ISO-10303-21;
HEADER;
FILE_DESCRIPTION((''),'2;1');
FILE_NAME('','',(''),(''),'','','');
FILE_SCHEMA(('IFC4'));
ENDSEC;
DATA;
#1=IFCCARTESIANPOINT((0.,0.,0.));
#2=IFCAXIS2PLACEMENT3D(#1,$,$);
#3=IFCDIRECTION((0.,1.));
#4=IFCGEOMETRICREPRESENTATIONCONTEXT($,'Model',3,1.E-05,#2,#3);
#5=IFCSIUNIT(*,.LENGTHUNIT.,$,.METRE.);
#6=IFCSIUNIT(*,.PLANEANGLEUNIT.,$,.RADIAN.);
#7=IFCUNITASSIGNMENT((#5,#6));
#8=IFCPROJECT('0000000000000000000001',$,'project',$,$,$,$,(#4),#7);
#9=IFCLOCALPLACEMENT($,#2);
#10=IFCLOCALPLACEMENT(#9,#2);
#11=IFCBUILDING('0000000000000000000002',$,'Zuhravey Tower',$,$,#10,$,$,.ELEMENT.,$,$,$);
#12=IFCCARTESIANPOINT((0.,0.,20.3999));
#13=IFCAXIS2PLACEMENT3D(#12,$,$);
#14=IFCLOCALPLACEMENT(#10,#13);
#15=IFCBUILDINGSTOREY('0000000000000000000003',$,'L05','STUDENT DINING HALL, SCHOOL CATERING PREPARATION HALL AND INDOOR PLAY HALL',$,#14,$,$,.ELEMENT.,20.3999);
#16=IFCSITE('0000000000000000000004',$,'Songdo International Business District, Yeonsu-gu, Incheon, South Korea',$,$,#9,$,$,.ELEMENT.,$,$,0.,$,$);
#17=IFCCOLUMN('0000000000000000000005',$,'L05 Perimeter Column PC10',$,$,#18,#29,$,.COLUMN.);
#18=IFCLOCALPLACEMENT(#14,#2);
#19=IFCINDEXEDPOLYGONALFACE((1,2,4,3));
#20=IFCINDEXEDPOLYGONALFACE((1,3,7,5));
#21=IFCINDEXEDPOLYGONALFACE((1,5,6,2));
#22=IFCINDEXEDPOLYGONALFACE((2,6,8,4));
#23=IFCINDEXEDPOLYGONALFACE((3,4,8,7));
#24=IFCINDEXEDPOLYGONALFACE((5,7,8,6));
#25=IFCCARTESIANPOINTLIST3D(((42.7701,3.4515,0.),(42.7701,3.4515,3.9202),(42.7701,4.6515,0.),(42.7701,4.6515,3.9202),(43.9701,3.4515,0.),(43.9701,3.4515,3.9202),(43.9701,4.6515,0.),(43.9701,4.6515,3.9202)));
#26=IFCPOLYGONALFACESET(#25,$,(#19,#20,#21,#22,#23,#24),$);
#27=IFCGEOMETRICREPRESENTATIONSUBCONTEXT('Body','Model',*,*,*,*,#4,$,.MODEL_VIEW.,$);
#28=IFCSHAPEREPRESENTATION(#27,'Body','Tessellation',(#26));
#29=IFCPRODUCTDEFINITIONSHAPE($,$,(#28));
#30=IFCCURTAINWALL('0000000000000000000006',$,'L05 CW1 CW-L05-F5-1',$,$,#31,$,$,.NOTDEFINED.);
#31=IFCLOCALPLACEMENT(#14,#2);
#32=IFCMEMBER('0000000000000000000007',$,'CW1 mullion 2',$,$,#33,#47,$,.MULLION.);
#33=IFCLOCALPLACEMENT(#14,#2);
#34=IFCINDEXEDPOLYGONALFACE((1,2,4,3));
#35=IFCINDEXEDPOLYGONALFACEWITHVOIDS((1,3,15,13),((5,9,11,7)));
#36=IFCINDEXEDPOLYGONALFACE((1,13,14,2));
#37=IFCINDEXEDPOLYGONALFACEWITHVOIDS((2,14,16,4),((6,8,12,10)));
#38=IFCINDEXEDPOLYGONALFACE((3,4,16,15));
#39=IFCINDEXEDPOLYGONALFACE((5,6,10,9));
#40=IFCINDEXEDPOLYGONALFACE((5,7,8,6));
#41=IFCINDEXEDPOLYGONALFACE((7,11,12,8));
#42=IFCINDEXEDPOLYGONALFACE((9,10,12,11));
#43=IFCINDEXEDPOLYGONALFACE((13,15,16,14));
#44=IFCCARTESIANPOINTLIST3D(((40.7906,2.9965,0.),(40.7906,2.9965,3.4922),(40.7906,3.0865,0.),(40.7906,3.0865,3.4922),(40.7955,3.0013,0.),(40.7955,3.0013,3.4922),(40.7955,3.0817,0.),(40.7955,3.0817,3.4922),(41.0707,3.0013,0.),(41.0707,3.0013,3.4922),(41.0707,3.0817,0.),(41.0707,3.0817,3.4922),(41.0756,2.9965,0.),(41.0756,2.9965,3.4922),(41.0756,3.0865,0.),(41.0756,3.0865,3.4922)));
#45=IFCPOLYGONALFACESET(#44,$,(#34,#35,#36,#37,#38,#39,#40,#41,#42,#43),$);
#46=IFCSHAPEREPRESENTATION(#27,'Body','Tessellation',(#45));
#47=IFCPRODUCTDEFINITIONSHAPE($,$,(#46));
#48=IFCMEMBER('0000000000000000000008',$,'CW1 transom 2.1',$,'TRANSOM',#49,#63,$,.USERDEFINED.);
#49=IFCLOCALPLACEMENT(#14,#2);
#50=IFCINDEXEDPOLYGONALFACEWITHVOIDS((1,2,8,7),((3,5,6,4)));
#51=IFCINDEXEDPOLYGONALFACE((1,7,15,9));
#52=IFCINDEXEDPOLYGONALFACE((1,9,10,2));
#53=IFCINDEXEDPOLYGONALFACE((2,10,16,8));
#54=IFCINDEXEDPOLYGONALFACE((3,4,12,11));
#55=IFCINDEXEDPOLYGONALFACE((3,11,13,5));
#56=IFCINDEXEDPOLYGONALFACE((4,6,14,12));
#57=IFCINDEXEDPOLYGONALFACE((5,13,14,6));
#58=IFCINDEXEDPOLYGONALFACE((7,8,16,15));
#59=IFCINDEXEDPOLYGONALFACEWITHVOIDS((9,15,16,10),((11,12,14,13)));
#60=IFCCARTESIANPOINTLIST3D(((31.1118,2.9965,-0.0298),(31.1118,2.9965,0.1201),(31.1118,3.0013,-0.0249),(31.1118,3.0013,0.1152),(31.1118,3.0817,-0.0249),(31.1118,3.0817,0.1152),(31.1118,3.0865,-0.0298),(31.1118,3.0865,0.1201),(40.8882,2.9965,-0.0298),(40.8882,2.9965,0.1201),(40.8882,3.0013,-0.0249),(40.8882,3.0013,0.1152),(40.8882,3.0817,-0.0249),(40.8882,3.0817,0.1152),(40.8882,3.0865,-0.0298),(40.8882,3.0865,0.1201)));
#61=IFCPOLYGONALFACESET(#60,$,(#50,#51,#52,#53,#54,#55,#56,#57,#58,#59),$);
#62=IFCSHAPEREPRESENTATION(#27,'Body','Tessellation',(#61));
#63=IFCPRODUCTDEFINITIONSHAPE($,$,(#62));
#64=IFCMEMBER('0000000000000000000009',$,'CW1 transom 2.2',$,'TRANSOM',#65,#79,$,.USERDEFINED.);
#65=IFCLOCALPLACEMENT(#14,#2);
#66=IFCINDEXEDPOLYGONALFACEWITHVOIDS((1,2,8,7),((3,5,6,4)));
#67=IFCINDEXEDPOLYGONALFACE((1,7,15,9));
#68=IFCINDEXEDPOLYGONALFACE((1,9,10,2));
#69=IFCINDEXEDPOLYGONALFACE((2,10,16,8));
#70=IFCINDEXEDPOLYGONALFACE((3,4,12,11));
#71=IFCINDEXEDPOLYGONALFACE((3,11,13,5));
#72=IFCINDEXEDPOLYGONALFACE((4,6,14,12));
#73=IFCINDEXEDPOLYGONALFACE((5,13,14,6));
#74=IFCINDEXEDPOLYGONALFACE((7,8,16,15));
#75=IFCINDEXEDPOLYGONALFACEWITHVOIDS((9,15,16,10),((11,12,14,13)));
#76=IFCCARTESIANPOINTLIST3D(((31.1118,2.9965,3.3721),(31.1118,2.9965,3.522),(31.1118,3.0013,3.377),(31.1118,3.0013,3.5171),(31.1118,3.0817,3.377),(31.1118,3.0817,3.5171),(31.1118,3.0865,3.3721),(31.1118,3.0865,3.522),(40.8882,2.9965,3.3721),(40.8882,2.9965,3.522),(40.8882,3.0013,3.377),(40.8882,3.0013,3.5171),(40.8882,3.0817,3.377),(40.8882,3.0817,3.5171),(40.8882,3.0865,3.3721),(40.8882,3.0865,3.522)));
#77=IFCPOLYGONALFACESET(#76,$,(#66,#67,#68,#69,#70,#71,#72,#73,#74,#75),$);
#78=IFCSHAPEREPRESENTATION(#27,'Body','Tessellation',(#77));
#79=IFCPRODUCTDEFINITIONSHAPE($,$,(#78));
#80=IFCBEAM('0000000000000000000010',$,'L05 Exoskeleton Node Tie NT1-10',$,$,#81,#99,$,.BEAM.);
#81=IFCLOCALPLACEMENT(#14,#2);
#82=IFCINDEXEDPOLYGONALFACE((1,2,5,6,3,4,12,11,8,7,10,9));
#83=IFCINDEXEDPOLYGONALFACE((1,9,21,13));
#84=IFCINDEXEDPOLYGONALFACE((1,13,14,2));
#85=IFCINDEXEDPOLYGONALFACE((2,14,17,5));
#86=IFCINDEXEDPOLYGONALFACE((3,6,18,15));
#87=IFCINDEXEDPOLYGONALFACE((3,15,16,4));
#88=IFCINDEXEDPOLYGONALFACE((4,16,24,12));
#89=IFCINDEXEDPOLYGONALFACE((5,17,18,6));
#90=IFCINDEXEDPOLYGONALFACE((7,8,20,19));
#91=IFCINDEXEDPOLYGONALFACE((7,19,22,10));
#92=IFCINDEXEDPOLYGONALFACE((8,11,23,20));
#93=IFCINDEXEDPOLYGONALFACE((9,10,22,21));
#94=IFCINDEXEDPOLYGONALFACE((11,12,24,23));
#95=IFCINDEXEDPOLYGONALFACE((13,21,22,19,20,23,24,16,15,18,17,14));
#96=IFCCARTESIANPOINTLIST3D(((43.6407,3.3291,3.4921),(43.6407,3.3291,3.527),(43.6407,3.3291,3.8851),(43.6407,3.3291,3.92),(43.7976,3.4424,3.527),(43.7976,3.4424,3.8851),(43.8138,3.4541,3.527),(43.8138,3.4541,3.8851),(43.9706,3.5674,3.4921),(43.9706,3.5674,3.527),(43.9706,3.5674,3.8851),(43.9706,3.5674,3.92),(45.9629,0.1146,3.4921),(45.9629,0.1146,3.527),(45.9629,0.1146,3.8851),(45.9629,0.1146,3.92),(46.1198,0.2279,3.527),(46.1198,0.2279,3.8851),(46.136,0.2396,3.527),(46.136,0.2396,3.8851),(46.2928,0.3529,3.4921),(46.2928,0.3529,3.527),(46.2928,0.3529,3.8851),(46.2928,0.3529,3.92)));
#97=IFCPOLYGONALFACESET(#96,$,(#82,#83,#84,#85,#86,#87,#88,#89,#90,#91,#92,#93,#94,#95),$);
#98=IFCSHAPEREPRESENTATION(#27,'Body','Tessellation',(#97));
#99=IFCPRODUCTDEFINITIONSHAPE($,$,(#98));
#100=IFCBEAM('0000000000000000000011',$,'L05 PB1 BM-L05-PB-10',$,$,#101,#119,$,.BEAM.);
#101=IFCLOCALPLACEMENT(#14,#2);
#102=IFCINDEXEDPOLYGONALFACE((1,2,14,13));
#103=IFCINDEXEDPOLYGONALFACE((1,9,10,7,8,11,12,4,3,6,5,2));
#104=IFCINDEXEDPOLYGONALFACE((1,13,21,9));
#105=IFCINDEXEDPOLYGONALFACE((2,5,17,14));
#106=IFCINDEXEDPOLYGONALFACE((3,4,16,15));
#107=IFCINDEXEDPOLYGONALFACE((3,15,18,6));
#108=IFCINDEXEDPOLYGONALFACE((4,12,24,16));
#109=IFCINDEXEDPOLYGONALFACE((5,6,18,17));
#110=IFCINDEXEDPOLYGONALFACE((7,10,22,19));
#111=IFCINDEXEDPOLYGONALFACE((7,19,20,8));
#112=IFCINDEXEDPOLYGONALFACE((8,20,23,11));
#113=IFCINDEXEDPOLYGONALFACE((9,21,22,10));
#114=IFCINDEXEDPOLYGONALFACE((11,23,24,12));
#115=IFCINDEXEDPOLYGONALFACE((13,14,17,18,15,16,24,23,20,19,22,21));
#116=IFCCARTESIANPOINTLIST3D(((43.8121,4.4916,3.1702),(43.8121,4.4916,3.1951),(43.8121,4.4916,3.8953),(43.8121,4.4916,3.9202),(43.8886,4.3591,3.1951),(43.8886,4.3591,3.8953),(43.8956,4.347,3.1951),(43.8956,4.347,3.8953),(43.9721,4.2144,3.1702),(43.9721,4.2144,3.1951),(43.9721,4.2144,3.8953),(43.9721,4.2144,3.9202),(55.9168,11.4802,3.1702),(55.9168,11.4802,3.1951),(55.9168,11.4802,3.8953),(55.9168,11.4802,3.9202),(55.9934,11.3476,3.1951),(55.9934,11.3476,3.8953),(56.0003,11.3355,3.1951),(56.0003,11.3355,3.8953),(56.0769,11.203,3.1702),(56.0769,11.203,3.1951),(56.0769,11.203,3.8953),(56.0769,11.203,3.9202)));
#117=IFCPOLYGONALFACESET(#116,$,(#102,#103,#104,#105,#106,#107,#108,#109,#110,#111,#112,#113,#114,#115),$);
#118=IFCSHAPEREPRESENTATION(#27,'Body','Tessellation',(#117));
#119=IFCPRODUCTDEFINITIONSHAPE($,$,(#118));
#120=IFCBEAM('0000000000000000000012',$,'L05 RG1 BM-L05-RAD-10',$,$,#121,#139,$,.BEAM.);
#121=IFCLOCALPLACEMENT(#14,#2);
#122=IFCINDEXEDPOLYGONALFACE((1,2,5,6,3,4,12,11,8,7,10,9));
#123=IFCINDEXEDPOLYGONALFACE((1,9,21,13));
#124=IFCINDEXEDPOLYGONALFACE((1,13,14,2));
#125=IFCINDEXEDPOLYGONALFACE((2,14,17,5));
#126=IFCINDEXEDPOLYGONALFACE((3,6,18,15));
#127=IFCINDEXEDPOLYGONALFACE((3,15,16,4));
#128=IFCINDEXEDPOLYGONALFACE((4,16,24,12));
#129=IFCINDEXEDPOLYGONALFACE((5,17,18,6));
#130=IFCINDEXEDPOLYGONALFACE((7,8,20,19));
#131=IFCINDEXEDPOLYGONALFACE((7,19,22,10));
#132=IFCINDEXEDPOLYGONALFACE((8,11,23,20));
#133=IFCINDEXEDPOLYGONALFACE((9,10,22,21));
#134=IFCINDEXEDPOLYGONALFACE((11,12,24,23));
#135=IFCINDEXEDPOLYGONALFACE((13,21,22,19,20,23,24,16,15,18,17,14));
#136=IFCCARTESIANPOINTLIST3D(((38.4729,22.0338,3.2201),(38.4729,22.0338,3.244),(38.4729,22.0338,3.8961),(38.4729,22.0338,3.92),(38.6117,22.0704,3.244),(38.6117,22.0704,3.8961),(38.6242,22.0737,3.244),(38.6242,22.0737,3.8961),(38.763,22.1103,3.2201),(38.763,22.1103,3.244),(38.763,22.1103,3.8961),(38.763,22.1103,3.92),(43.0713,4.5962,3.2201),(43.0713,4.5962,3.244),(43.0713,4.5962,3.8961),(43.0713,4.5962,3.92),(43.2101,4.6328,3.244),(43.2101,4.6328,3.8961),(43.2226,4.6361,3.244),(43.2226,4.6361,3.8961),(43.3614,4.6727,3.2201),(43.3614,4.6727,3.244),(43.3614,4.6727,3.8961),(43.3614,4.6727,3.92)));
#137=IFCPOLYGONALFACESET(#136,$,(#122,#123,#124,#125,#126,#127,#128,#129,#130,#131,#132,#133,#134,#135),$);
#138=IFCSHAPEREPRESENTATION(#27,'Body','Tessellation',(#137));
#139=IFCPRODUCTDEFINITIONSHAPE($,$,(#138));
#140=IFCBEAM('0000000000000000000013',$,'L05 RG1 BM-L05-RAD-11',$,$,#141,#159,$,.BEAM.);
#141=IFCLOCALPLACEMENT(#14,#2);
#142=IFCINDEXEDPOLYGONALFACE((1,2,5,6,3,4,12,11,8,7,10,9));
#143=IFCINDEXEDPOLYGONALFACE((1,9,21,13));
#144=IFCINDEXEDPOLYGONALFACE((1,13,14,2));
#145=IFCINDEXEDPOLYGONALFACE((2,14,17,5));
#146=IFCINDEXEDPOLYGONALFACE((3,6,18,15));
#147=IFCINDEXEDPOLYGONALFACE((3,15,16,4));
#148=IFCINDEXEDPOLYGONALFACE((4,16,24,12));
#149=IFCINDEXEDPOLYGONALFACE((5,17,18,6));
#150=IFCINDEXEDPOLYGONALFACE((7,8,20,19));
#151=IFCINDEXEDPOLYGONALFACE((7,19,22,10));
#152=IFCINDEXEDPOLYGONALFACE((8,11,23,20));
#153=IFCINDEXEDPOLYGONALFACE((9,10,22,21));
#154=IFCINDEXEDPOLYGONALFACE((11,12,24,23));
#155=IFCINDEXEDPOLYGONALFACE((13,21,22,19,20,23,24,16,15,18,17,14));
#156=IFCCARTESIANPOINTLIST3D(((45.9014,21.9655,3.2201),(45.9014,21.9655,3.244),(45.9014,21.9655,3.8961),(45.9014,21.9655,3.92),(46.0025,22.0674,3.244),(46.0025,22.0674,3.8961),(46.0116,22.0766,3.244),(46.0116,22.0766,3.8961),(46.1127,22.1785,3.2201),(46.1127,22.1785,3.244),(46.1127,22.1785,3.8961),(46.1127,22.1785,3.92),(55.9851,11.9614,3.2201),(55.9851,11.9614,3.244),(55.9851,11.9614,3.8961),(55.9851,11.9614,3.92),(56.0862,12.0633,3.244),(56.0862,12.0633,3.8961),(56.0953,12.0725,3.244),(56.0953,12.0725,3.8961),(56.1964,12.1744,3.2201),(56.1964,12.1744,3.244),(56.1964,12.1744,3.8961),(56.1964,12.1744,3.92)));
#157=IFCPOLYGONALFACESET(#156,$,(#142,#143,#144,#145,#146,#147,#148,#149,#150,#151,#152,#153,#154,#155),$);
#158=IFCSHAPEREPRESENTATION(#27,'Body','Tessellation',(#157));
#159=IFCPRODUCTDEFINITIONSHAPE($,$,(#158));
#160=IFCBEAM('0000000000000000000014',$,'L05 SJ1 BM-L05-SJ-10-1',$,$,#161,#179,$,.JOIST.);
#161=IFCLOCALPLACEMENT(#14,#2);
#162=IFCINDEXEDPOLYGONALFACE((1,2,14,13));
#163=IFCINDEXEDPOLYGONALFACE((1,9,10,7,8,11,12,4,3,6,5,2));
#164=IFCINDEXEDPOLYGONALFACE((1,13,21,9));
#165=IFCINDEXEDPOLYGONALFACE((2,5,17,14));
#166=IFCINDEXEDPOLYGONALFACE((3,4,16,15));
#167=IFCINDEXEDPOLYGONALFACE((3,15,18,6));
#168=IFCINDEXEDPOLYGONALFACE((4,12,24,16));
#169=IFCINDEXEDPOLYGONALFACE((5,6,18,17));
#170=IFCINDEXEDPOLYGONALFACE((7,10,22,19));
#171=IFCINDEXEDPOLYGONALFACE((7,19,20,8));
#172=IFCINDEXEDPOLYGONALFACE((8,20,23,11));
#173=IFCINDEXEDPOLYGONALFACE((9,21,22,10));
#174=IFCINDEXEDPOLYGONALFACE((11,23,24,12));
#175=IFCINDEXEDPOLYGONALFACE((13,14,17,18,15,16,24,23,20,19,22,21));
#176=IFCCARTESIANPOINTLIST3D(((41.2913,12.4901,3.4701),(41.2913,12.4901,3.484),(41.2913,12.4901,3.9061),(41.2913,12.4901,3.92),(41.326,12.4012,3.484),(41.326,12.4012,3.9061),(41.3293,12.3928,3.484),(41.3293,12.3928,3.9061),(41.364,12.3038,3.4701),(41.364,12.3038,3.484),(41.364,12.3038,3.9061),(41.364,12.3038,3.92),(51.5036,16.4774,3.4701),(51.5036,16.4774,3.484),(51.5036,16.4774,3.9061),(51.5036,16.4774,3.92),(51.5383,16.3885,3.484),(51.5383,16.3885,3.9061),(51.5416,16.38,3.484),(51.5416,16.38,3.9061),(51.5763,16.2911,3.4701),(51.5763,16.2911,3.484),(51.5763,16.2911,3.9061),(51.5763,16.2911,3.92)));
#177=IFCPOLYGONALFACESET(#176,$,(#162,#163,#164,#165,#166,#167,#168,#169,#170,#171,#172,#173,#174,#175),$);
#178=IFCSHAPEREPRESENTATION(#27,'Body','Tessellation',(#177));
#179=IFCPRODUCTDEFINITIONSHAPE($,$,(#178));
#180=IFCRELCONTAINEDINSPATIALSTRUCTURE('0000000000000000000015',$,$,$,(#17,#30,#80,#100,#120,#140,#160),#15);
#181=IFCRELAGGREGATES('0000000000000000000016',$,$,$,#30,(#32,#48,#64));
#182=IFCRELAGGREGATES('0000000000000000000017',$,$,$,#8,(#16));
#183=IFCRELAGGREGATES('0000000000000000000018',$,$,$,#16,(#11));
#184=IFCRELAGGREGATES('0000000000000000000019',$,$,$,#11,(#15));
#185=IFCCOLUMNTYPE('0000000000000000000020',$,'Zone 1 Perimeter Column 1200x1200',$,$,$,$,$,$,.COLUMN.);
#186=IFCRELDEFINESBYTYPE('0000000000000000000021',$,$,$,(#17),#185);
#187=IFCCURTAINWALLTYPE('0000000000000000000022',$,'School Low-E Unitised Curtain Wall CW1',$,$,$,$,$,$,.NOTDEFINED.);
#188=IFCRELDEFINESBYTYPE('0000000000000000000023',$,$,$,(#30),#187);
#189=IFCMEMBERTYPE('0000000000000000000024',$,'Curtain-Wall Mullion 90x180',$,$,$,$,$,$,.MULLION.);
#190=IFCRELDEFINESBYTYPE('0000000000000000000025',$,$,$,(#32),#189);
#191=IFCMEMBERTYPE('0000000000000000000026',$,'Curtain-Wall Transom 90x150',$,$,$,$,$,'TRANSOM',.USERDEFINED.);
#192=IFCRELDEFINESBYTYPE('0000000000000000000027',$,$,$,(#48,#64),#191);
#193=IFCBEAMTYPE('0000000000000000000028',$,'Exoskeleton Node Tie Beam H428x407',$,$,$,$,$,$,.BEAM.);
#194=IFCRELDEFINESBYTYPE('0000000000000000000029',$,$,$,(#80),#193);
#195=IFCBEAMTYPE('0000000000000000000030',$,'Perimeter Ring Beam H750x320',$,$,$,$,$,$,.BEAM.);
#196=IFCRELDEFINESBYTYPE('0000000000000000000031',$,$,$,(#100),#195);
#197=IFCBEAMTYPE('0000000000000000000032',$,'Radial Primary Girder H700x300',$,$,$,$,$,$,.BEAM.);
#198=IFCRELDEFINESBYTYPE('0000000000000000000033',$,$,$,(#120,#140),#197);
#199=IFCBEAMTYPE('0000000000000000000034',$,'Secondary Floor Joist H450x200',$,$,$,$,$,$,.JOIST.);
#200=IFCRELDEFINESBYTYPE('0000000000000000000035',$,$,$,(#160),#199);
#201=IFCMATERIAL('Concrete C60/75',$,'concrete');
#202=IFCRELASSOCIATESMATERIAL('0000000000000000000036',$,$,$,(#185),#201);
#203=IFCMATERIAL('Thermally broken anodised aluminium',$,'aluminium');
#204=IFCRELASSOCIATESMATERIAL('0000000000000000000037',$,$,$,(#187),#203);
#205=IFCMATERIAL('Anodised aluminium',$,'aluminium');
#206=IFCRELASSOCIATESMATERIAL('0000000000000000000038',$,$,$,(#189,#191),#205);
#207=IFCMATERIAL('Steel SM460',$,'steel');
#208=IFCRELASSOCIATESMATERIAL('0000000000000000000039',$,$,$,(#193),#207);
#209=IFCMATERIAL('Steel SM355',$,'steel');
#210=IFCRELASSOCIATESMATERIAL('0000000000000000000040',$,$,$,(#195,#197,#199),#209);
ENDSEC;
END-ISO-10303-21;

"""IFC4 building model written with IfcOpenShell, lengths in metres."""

from ifc_helpers import new_model, si_unit, direction, frame, origin, origin_2d, place, context, subcontext, project, spatial, rectangle, hollow_rectangle, i_section, extrude, material, material_profile, profile_set, type_object, element, aggregate, save


model = new_model("IFC4")

# Units and contexts
model_context = context("Model", 3, precision=1e-05, world=origin(), true_north=direction((0.0, 1.0)))
body_context = subcontext(model_context, "Body", "Model", "MODEL_VIEW")
ifc_project = project(units=[si_unit("LENGTHUNIT", "METRE"), si_unit("PLANEANGLEUNIT", "RADIAN")], contexts=[model_context])

# Site, building, storey
site_placement = place(None, origin())
site = spatial("IfcSite", under=ifc_project, at=site_placement, Name="Songdo International Business District, Yeonsu-gu, Incheon, South Korea", CompositionType="ELEMENT", RefElevation=0.0)
building_placement = place(site_placement, origin())
building = spatial("IfcBuilding", under=site, at=building_placement, Name="Zuhravey Tower", CompositionType="ELEMENT")
storey_placement = place(building_placement, frame((0.0, 0.0, 20.3999)))
storey = spatial("IfcBuildingStorey", under=building, at=storey_placement, Name="L05", Description="STUDENT DINING HALL, SCHOOL CATERING PREPARATION HALL AND INDOOR PLAY HALL", CompositionType="ELEMENT", Elevation=20.3999)

# Column
ifc_material_1 = material(Name="Concrete C60/75", Category="concrete")
ifc_material_profile_1 = material_profile(ifc_material_1, rectangle(XDim=1.2, YDim=1.2, at=origin_2d()), Name="RC-1200x1200")
ifc_profile_set_1 = profile_set([ifc_material_profile_1], Name="Concrete C60/75")
column_type = type_object("IfcColumnType", Name="Zone 1 Perimeter Column 1200x1200", PredefinedType="COLUMN", material=ifc_profile_set_1)
column_placement = place(storey_placement, frame((43.3701, 4.0515, 0.0), z_axis=(0.0, 0.0, 1.0), x_axis=(1.0, 0.0, 0.0)))
element("IfcColumn", 1, at=column_placement, inside=storey, type_object=column_type, Name="L05 Perimeter Column PC10", PredefinedType="COLUMN", context=body_context, shape_type="SweptSolid", body=[
    extrude(rectangle(XDim=1.2, YDim=1.2, at=origin_2d()), origin(), (0.0, 0.0, 1.0), 3.9202),
])

# Curtain wall, members
ifc_material_2 = material(Name="Thermally broken anodised aluminium", Category="aluminium")
curtain_wall_type = type_object("IfcCurtainWallType", Name="School Low-E Unitised Curtain Wall CW1", PredefinedType="NOTDEFINED", material=ifc_material_2)
curtain_wall_placement = place(storey_placement, origin())
curtain_wall = element("IfcCurtainWall", 2, at=curtain_wall_placement, inside=storey, type_object=curtain_wall_type, Name="L05 CW1 CW-L05-F5-1", PredefinedType="NOTDEFINED")
ifc_material_3 = material(Name="Anodised aluminium", Category="aluminium")
ifc_material_profile_2 = material_profile(ifc_material_3, hollow_rectangle(XDim=0.0901, YDim=0.2849, WallThickness=0.0049, at=origin_2d()), Name="ALU-RHS-90x285x5")
ifc_profile_set_2 = profile_set([ifc_material_profile_2], Name="Anodised aluminium")
member_type_1 = type_object("IfcMemberType", Name="Curtain-Wall Mullion 90x180", PredefinedType="MULLION", material=ifc_profile_set_2)
member_1_placement = place(storey_placement, frame((40.9331, 3.0415, 0.0), z_axis=(0.0, 0.0, 1.0), x_axis=(0.0, -1.0, 0.0)))
member_1 = element("IfcMember", 3, at=member_1_placement, type_object=member_type_1, Name="CW1 mullion 2", PredefinedType="MULLION", context=body_context, shape_type="SweptSolid", body=[
    extrude(hollow_rectangle(XDim=0.0901, YDim=0.2849, WallThickness=0.0049, at=origin_2d()), origin(), (0.0, 0.0, 1.0), 3.4922),
])
ifc_material_profile_3 = material_profile(ifc_material_3, hollow_rectangle(XDim=0.0901, YDim=0.1499, WallThickness=0.0049, at=origin_2d()), Name="ALU-RHS-90x150x5")
ifc_profile_set_3 = profile_set([ifc_material_profile_3], Name="Anodised aluminium")
member_type_2 = type_object("IfcMemberType", Name="Curtain-Wall Transom 90x150", ElementType="TRANSOM", PredefinedType="USERDEFINED", material=ifc_profile_set_3)
member_2_placement = place(storey_placement, frame((40.8882, 3.0415, 0.0452), z_axis=(-1.0, 0.0, 0.0), x_axis=(0.0, -1.0, 0.0)))
member_2 = element("IfcMember", 4, at=member_2_placement, type_object=member_type_2, Name="CW1 transom 2.1", ObjectType="TRANSOM", PredefinedType="USERDEFINED", context=body_context, shape_type="SweptSolid", body=[
    extrude(hollow_rectangle(XDim=0.0901, YDim=0.1499, WallThickness=0.0049, at=origin_2d()), origin(), (0.0, 0.0, 1.0), 9.7764),
])
member_3_placement = place(storey_placement, frame((40.8882, 3.0415, 3.447), z_axis=(-1.0, 0.0, 0.0), x_axis=(0.0, -1.0, 0.0)))
member_3 = element("IfcMember", 5, at=member_3_placement, type_object=member_type_2, Name="CW1 transom 2.2", ObjectType="TRANSOM", PredefinedType="USERDEFINED", context=body_context, shape_type="SweptSolid", body=[
    extrude(hollow_rectangle(XDim=0.0901, YDim=0.1499, WallThickness=0.0049, at=origin_2d()), origin(), (0.0, 0.0, 1.0), 9.7764),
])

# Beams
ifc_material_4 = material(Name="Steel SM460", Category="steel")
ifc_material_profile_4 = material_profile(ifc_material_4, i_section(OverallWidth=0.407, OverallDepth=0.428, WebThickness=0.02, FlangeThickness=0.0349, at=origin_2d()), Name="H-428x407x20x35")
ifc_profile_set_4 = profile_set([ifc_material_profile_4], Name="Steel SM460")
beam_type_1 = type_object("IfcBeamType", Name="Exoskeleton Node Tie Beam H428x407", PredefinedType="BEAM", material=ifc_profile_set_4)
beam_1_placement = place(storey_placement, frame((43.8057, 3.4482, 3.7061), z_axis=(0.585592, -0.810606, 0.0), x_axis=(0.810606, 0.585592, 0.0)))
element("IfcBeam", 6, at=beam_1_placement, inside=storey, type_object=beam_type_1, Name="L05 Exoskeleton Node Tie NT1-10", PredefinedType="BEAM", context=body_context, shape_type="SweptSolid", body=[
    extrude(i_section(OverallWidth=0.407, OverallDepth=0.428, WebThickness=0.02, FlangeThickness=0.0349, at=origin_2d()), origin(), (0.0, 0.0, 1.0), 3.9656),
])
ifc_material_5 = material(Name="Steel SM355", Category="steel")
ifc_material_profile_5 = material_profile(ifc_material_5, i_section(OverallWidth=0.3201, OverallDepth=0.75, WebThickness=0.0139, FlangeThickness=0.0249, at=origin_2d()), Name="H-750x320x14x25")
ifc_profile_set_5 = profile_set([ifc_material_profile_5], Name="Steel SM355")
beam_type_2 = type_object("IfcBeamType", Name="Perimeter Ring Beam H750x320", PredefinedType="BEAM", material=ifc_profile_set_5)
beam_2_placement = place(storey_placement, frame((43.8921, 4.353, 3.5452), z_axis=(0.86603, 0.499992, 0.0), x_axis=(-0.499992, 0.86603, 0.0)))
element("IfcBeam", 7, at=beam_2_placement, inside=storey, type_object=beam_type_2, Name="L05 PB1 BM-L05-PB-10", PredefinedType="BEAM", context=body_context, shape_type="SweptSolid", body=[
    extrude(i_section(OverallWidth=0.3201, OverallDepth=0.75, WebThickness=0.0139, FlangeThickness=0.0249, at=origin_2d()), origin(), (0.0, 0.0, 1.0), 13.9773),
])
ifc_material_profile_6 = material_profile(ifc_material_5, i_section(OverallWidth=0.3, OverallDepth=0.7, WebThickness=0.0129, FlangeThickness=0.0239, at=origin_2d()), Name="H-700x300x13x24")
ifc_profile_set_6 = profile_set([ifc_material_profile_6], Name="Steel SM355")
beam_type_3 = type_object("IfcBeamType", Name="Radial Primary Girder H700x300", PredefinedType="BEAM", material=ifc_profile_set_6)
beam_3_placement = place(storey_placement, frame((38.6179, 22.072, 3.5701), z_axis=(0.25499, -0.966944, 0.0), x_axis=(0.966944, 0.25499, 0.0)))
element("IfcBeam", 8, at=beam_3_placement, inside=storey, type_object=beam_type_3, Name="L05 RG1 BM-L05-RAD-10", PredefinedType="BEAM", context=body_context, shape_type="SweptSolid", body=[
    extrude(i_section(OverallWidth=0.3, OverallDepth=0.7, WebThickness=0.0129, FlangeThickness=0.0239, at=origin_2d()), origin(), (0.0, 0.0, 1.0), 18.0337),
])
beam_4_placement = place(storey_placement, frame((46.0071, 22.072, 3.5701), z_axis=(0.709903, -0.7043, 0.0), x_axis=(0.7043, 0.709903, 0.0)))
element("IfcBeam", 9, at=beam_4_placement, inside=storey, type_object=beam_type_3, Name="L05 RG1 BM-L05-RAD-11", PredefinedType="BEAM", context=body_context, shape_type="SweptSolid", body=[
    extrude(i_section(OverallWidth=0.3, OverallDepth=0.7, WebThickness=0.0129, FlangeThickness=0.0239, at=origin_2d()), origin(), (0.0, 0.0, 1.0), 14.2043),
])
ifc_material_profile_7 = material_profile(ifc_material_5, i_section(OverallWidth=0.2, OverallDepth=0.45, WebThickness=0.009, FlangeThickness=0.0139, at=origin_2d()), Name="H-450x200x9x14")
ifc_profile_set_7 = profile_set([ifc_material_profile_7], Name="Steel SM355")
beam_type_4 = type_object("IfcBeamType", Name="Secondary Floor Joist H450x200", PredefinedType="JOIST", material=ifc_profile_set_7)
beam_5_placement = place(storey_placement, frame((41.3276, 12.397, 3.6951), z_axis=(0.931517, 0.363699, 0.0), x_axis=(-0.363699, 0.931517, 0.0)))
element("IfcBeam", 10, at=beam_5_placement, inside=storey, type_object=beam_type_4, Name="L05 SJ1 BM-L05-SJ-10-1", PredefinedType="JOIST", context=body_context, shape_type="SweptSolid", body=[
    extrude(i_section(OverallWidth=0.2, OverallDepth=0.45, WebThickness=0.009, FlangeThickness=0.0139, at=origin_2d()), origin(), (0.0, 0.0, 1.0), 10.9631),
])

aggregate(curtain_wall, [member_1, member_2, member_3])

save(model, "model.ifc")
